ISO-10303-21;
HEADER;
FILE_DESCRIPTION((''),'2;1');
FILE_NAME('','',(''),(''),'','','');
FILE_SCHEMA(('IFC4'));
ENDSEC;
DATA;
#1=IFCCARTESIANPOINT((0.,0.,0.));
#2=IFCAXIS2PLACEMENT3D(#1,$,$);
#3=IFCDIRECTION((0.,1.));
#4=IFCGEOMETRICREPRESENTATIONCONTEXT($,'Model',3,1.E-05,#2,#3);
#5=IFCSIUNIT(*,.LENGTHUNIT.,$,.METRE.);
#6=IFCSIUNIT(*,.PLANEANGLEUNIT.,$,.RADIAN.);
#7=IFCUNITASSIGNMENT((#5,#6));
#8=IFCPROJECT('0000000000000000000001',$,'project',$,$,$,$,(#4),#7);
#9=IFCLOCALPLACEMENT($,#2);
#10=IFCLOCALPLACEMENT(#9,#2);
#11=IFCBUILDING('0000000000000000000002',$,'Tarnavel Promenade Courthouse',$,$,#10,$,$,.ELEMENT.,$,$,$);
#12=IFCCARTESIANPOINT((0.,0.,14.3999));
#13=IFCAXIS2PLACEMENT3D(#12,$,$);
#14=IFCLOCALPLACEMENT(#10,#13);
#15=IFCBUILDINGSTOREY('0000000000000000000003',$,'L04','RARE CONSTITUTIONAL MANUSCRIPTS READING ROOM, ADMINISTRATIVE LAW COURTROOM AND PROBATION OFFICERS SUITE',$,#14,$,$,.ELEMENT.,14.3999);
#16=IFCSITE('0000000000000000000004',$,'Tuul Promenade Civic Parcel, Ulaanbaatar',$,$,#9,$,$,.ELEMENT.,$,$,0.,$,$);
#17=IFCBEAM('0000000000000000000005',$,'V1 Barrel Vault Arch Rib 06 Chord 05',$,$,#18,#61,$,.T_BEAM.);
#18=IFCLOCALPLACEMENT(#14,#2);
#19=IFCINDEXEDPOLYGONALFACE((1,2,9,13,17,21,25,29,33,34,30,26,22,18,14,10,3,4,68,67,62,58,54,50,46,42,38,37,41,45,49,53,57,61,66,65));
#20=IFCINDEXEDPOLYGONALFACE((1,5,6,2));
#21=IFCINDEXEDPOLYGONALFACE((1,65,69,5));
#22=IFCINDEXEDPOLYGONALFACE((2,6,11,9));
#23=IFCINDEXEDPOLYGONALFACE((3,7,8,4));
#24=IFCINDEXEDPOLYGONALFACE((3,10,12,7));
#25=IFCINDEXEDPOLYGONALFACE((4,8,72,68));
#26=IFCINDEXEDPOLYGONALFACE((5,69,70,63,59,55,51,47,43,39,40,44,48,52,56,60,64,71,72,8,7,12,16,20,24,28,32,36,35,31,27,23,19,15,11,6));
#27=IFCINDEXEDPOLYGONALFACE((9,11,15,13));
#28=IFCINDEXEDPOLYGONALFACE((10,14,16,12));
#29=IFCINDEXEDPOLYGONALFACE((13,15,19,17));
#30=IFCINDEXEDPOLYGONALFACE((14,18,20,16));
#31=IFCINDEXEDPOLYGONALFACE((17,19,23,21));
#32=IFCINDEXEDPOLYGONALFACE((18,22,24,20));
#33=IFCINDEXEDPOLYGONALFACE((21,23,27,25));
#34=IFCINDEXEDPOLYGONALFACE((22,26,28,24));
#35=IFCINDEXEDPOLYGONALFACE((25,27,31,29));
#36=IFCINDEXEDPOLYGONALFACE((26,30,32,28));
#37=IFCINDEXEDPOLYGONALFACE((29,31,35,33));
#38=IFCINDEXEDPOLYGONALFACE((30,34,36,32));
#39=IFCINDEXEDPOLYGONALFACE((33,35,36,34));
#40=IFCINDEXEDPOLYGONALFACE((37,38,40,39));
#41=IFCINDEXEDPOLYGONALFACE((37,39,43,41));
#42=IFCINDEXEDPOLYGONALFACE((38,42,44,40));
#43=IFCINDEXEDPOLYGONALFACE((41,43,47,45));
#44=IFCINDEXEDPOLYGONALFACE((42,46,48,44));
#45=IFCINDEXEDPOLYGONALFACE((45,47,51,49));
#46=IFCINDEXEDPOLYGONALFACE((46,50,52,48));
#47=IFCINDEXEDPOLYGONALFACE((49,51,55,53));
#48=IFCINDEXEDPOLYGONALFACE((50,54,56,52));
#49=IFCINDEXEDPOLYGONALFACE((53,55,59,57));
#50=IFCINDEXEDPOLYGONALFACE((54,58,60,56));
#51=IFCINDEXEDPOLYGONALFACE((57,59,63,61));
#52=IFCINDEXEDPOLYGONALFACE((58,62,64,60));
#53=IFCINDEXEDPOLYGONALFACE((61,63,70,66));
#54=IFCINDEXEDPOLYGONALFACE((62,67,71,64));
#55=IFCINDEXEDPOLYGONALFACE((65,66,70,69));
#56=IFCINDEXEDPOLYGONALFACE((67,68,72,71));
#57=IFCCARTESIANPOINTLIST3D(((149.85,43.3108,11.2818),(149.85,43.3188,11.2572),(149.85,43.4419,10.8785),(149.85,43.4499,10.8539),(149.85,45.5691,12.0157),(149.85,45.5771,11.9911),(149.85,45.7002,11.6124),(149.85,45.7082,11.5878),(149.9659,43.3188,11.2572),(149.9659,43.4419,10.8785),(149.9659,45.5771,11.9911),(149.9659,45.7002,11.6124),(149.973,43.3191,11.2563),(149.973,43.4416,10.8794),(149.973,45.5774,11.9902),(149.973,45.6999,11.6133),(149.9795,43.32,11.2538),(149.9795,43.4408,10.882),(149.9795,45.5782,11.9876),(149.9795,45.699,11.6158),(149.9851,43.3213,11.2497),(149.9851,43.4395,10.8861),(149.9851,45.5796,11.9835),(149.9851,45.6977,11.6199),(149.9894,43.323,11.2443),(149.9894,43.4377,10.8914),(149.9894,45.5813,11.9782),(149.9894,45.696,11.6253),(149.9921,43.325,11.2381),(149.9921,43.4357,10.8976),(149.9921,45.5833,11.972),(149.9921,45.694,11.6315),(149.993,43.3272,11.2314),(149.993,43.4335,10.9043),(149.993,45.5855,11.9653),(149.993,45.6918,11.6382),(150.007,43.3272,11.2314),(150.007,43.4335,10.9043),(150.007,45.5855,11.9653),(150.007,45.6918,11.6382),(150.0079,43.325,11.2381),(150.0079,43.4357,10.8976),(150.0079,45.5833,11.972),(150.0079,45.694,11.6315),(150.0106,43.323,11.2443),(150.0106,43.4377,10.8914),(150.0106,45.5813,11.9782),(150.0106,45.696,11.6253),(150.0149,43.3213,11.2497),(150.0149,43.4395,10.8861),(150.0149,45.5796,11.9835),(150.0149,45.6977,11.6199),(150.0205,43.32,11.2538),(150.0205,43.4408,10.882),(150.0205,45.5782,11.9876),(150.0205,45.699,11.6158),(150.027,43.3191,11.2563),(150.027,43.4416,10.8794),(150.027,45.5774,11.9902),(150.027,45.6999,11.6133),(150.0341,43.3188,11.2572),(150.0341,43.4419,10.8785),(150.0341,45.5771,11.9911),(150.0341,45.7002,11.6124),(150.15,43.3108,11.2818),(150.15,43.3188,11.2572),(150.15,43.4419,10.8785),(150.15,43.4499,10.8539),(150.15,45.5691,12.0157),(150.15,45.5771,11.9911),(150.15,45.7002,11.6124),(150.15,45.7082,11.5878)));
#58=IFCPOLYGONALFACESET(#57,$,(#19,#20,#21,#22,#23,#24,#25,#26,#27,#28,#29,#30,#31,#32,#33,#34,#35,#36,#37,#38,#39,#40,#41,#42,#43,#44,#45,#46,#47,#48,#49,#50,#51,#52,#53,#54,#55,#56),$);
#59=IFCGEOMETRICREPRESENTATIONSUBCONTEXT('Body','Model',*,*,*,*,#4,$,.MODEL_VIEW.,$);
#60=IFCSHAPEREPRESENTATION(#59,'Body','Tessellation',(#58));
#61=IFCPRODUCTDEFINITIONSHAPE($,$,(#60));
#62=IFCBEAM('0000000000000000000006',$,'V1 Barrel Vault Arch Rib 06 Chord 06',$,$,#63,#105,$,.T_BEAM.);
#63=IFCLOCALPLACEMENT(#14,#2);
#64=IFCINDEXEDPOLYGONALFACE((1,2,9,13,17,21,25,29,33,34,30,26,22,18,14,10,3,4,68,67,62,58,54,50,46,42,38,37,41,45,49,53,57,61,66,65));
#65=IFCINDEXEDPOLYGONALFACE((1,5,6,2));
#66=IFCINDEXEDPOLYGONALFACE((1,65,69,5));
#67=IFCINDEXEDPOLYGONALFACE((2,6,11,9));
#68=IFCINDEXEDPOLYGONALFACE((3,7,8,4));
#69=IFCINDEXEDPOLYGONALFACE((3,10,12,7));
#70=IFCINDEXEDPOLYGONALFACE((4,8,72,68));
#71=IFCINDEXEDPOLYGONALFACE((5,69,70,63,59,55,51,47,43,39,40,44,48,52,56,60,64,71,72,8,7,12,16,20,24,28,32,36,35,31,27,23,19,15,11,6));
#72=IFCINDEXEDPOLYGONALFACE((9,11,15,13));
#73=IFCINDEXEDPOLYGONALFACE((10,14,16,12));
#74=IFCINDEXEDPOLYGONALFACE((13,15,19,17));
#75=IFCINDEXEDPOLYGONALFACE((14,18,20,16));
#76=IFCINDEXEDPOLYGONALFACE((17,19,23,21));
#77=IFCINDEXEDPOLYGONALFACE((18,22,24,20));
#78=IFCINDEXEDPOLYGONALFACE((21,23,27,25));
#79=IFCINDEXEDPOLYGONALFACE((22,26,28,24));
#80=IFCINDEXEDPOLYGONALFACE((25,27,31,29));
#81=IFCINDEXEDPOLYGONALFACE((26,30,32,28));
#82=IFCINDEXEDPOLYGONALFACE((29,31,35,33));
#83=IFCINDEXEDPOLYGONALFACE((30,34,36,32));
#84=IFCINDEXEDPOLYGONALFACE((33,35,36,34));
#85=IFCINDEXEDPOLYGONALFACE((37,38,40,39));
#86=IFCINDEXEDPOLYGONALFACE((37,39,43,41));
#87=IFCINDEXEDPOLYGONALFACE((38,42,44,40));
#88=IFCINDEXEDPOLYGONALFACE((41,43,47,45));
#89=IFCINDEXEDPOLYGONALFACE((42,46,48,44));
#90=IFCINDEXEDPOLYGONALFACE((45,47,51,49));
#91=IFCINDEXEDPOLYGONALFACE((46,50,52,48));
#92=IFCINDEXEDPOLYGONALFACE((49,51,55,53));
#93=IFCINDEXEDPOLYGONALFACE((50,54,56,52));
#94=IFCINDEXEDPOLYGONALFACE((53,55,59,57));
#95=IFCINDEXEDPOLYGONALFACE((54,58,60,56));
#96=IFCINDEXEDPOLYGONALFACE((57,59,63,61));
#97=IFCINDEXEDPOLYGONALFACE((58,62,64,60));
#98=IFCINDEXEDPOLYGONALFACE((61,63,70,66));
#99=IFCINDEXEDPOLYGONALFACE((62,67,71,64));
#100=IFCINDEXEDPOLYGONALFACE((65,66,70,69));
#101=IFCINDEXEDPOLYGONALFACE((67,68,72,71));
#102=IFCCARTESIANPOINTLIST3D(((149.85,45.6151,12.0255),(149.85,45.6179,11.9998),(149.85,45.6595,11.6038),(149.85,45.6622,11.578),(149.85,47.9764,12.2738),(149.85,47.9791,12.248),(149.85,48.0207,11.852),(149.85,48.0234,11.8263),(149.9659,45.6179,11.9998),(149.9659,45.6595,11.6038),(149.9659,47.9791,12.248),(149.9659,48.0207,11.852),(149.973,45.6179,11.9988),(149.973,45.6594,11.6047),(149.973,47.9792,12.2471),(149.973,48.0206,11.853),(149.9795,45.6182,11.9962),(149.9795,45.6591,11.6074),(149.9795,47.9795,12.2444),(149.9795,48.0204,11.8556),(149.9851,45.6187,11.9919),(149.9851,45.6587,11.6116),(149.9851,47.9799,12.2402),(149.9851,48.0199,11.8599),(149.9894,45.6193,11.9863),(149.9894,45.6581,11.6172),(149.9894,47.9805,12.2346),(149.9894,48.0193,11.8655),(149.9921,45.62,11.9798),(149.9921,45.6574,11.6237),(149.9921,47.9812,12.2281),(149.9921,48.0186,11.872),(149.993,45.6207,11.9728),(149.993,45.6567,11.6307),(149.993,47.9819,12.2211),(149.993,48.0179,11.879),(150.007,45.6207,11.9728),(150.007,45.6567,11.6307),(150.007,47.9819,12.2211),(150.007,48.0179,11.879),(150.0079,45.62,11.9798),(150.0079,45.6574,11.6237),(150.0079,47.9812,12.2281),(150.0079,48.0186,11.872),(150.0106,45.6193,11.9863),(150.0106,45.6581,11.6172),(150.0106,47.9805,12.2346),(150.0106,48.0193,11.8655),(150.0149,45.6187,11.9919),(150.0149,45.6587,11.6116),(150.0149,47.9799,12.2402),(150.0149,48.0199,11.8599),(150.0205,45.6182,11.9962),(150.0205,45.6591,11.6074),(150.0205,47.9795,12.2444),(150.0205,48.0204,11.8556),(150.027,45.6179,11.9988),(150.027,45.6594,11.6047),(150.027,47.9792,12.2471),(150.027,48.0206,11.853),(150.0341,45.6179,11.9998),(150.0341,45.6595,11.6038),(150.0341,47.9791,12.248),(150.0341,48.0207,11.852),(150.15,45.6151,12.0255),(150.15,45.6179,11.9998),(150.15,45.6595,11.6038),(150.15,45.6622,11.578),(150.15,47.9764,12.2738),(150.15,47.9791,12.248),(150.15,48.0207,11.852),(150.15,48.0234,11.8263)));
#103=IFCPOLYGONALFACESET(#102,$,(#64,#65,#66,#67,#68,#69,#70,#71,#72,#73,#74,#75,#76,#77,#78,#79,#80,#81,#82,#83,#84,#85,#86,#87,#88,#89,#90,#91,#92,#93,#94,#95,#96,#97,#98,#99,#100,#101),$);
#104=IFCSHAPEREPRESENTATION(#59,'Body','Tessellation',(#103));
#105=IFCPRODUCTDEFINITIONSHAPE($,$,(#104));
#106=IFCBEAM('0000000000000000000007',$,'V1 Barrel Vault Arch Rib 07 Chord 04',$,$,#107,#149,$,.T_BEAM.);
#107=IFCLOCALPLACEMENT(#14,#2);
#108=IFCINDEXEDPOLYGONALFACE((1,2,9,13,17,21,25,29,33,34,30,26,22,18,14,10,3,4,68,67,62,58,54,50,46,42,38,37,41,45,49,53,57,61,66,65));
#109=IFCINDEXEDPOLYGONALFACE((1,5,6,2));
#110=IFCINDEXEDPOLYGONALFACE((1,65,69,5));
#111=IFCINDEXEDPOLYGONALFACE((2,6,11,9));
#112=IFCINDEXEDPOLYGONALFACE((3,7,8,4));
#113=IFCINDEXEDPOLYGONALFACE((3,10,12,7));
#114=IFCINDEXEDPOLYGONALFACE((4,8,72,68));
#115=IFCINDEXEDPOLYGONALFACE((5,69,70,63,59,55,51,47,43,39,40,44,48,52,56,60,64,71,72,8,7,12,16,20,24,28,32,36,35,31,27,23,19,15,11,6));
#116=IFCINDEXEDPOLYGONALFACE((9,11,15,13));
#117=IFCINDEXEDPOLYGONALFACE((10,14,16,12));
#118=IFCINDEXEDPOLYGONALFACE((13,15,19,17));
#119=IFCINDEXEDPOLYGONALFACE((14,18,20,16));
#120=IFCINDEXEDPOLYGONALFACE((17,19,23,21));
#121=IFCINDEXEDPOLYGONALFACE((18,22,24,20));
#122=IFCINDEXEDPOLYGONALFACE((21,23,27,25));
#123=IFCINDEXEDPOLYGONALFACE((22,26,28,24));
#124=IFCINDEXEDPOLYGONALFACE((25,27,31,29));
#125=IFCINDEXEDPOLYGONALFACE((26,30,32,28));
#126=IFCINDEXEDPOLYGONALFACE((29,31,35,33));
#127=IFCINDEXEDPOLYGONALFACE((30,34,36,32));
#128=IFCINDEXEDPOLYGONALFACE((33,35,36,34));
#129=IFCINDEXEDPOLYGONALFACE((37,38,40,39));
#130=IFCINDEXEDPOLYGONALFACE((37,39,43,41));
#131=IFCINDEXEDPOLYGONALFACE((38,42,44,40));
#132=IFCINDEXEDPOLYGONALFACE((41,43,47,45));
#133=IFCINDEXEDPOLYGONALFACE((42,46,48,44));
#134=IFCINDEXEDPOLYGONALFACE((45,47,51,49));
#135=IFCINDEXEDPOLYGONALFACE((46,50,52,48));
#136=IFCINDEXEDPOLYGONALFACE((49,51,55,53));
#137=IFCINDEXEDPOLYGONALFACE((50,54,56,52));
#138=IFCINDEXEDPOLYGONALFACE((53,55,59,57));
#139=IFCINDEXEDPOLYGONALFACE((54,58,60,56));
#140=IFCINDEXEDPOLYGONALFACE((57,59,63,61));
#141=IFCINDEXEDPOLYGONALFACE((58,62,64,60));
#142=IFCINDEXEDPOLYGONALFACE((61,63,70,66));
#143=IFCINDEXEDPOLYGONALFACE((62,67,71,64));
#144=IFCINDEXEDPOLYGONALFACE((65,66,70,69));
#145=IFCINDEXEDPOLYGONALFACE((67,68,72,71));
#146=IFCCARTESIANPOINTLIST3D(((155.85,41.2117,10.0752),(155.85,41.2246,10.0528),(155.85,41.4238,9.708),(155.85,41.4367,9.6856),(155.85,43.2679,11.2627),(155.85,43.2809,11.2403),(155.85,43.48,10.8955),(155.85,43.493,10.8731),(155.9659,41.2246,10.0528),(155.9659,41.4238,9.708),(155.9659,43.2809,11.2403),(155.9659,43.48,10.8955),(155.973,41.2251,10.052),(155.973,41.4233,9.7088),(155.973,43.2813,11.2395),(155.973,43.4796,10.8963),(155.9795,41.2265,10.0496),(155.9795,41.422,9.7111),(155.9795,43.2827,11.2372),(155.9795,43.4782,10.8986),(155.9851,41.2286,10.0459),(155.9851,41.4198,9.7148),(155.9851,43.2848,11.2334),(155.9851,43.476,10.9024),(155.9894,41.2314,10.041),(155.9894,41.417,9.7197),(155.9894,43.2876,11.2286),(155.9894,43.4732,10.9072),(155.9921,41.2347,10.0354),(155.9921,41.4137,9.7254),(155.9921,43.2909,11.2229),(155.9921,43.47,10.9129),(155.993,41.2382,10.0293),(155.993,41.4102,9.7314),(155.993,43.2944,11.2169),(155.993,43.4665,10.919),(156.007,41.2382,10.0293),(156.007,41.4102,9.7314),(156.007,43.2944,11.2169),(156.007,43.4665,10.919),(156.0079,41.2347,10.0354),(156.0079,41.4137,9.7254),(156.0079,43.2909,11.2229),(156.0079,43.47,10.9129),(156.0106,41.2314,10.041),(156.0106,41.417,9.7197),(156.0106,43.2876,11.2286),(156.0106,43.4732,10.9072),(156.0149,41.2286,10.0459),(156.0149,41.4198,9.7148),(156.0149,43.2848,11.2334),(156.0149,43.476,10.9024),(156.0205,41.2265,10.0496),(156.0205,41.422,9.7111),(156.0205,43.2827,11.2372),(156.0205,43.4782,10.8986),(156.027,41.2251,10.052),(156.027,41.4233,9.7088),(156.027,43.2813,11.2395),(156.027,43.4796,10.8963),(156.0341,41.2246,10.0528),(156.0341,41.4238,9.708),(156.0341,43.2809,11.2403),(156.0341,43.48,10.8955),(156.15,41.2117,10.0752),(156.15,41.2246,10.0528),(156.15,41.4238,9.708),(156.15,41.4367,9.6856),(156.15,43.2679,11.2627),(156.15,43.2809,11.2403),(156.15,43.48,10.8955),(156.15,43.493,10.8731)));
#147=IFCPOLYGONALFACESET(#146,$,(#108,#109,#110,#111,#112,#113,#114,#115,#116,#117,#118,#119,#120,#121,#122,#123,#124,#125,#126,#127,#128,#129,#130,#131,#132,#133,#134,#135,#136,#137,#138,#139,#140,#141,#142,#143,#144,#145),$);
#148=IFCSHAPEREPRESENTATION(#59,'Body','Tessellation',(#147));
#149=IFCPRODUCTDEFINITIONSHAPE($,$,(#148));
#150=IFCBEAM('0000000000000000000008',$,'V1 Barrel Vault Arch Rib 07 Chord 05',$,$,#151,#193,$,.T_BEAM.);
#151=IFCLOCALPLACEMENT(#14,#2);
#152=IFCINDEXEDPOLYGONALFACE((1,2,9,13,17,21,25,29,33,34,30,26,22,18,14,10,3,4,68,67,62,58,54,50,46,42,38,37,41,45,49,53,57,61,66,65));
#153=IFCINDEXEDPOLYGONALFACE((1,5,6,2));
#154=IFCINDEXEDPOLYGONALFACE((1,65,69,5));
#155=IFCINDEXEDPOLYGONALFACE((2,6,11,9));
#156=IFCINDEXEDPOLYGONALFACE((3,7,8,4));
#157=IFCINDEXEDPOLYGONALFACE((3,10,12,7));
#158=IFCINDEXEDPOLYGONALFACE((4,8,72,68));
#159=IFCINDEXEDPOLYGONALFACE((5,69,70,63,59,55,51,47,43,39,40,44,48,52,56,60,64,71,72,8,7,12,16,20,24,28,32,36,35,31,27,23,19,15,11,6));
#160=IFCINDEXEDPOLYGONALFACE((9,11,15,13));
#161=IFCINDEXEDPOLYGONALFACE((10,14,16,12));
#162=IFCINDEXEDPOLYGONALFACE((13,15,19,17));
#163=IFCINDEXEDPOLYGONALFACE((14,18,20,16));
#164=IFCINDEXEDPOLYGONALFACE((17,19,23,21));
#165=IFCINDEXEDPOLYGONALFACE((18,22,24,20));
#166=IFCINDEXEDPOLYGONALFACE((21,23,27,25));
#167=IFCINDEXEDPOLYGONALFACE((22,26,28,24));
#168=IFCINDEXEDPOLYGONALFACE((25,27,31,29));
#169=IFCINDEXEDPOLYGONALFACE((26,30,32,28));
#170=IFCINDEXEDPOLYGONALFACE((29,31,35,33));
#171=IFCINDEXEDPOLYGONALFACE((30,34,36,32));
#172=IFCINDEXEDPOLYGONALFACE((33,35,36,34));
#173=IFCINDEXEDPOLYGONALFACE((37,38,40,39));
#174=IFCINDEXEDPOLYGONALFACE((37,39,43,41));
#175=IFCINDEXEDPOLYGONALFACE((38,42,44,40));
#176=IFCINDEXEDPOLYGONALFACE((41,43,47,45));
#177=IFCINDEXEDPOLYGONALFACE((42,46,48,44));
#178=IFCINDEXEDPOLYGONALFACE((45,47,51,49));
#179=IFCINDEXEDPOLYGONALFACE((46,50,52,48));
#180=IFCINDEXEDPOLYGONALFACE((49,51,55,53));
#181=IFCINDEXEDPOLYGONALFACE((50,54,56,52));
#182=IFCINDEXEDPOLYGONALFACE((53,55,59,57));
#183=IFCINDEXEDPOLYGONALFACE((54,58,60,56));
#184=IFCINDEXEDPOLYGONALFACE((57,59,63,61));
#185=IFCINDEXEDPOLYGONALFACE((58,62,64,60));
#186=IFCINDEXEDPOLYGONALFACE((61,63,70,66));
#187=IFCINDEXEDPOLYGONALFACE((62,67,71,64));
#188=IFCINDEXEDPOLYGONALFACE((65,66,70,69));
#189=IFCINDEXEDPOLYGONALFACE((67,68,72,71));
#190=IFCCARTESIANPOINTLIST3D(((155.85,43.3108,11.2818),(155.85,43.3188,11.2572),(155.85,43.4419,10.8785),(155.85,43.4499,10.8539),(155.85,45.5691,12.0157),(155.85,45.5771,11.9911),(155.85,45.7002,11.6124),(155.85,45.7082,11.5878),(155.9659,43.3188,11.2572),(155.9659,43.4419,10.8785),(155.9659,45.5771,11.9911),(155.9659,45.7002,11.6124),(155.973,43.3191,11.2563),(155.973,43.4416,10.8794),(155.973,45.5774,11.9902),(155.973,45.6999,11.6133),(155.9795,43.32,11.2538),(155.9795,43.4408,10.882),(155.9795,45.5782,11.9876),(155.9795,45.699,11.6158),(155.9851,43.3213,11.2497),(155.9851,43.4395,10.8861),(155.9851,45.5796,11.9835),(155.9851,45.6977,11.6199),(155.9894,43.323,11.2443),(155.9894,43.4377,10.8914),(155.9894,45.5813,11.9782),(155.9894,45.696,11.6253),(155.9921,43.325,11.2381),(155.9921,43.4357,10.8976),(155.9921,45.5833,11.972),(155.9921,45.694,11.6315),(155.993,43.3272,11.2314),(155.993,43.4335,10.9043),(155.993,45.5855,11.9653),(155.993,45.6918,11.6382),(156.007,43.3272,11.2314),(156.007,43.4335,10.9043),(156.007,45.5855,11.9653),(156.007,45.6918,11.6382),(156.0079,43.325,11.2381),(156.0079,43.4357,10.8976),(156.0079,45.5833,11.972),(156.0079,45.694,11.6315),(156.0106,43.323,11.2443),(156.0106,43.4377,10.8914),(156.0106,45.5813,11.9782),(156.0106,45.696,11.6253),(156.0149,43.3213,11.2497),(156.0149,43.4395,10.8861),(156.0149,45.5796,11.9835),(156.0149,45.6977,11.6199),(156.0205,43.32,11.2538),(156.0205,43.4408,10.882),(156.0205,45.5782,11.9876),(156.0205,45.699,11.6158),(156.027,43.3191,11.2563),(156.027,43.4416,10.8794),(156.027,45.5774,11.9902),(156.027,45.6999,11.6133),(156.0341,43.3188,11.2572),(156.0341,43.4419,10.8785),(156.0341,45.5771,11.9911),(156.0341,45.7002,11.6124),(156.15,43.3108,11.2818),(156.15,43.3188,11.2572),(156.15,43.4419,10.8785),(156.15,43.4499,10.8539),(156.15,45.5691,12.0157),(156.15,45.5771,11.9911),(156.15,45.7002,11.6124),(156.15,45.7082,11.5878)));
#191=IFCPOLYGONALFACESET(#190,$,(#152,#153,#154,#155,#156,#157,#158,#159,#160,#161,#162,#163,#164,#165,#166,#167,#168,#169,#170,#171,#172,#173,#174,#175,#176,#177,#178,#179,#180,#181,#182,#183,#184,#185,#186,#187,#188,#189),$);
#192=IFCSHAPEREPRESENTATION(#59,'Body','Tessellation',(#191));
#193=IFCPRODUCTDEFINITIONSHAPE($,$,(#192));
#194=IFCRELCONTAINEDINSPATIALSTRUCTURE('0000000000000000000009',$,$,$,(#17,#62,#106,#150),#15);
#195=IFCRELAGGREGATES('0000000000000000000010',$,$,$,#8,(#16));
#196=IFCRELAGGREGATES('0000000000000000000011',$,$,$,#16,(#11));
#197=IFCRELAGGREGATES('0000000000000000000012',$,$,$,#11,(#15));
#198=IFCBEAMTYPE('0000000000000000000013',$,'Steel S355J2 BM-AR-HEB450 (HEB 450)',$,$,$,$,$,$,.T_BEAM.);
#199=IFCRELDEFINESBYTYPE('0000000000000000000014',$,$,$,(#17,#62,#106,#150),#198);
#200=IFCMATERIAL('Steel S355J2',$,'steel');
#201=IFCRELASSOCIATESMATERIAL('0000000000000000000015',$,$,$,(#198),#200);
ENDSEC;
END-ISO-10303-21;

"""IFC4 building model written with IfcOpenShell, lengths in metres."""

from ifc_helpers import new_model, si_unit, direction, frame, origin, origin_2d, place, context, subcontext, project, spatial, i_section, extrude, material, material_profile, profile_set, type_object, element, save


model = new_model("IFC4")

# Units and contexts
model_context = context("Model", 3, precision=1e-05, world=origin(), true_north=direction((0.0, 1.0)))
body_context = subcontext(model_context, "Body", "Model", "MODEL_VIEW")
ifc_project = project(units=[si_unit("LENGTHUNIT", "METRE"), si_unit("PLANEANGLEUNIT", "RADIAN")], contexts=[model_context])

# Site, building, storey
site_placement = place(None, origin())
site = spatial("IfcSite", under=ifc_project, at=site_placement, Name="Tuul Promenade Civic Parcel, Ulaanbaatar", CompositionType="ELEMENT", RefElevation=0.0)
building_placement = place(site_placement, origin())
building = spatial("IfcBuilding", under=site, at=building_placement, Name="Tarnavel Promenade Courthouse", CompositionType="ELEMENT")
storey_placement = place(building_placement, frame((0.0, 0.0, 14.3999)))
storey = spatial("IfcBuildingStorey", under=building, at=storey_placement, Name="L04", Description="RARE CONSTITUTIONAL MANUSCRIPTS READING ROOM, ADMINISTRATIVE LAW COURTROOM AND PROBATION OFFICERS SUITE", CompositionType="ELEMENT", Elevation=14.3999)

# Beams
ifc_material_1 = material(Name="Steel S355J2", Category="steel")
ifc_material_profile_1 = material_profile(ifc_material_1, i_section(OverallWidth=0.3, OverallDepth=0.45, WebThickness=0.0139, FlangeThickness=0.0259, FilletRadius=0.0271, at=origin_2d()), Name="HEB 450")
ifc_profile_set_1 = profile_set([ifc_material_profile_1], Name="Steel S355J2")
beam_type = type_object("IfcBeamType", Name="Steel S355J2 BM-AR-HEB450 (HEB 450)", PredefinedType="T_BEAM", material=ifc_profile_set_1)
beam_1_placement = place(storey_placement, frame((150.0, 43.3804, 11.0679), z_axis=(0.0, 0.951042, 0.309063), x_axis=(-1.0, 0.0, 0.0)))
element("IfcBeam", 1, at=beam_1_placement, inside=storey, type_object=beam_type, Name="V1 Barrel Vault Arch Rib 06 Chord 05", PredefinedType="T_BEAM", context=body_context, shape_type="SweptSolid", body=[
    extrude(i_section(OverallWidth=0.3, OverallDepth=0.45, WebThickness=0.0139, FlangeThickness=0.0259, FilletRadius=0.0271, at=origin_2d()), origin(), (0.0, 0.0, 1.0), 2.3745),
])
beam_2_placement = place(storey_placement, frame((150.0, 45.6387, 11.8018), z_axis=(0.0, 0.994517, 0.104572), x_axis=(-1.0, 0.0, 0.0)))
element("IfcBeam", 2, at=beam_2_placement, inside=storey, type_object=beam_type, Name="V1 Barrel Vault Arch Rib 06 Chord 06", PredefinedType="T_BEAM", context=body_context, shape_type="SweptSolid", body=[
    extrude(i_section(OverallWidth=0.3, OverallDepth=0.45, WebThickness=0.0139, FlangeThickness=0.0259, FilletRadius=0.0271, at=origin_2d()), origin(), (0.0, 0.0, 1.0), 2.3743),
])
for number, where, z_axis, x_axis, name in (
    (3, (156.0, 41.3242, 9.8804), (0.0, 0.865956, 0.50012), (-1.0, 0.0, 0.0), "V1 Barrel Vault Arch Rib 07 Chord 04"),
    (4, (156.0, 43.3804, 11.0679), (0.0, 0.951042, 0.309063), (-1.0, 0.0, 0.0), "V1 Barrel Vault Arch Rib 07 Chord 05"),
):
    element("IfcBeam", number, at=place(storey_placement, frame(where, z_axis=z_axis, x_axis=x_axis)), inside=storey, type_object=beam_type, Name=name, PredefinedType="T_BEAM", context=body_context, shape_type="SweptSolid", body=[
        extrude(i_section(OverallWidth=0.3, OverallDepth=0.45, WebThickness=0.0139, FlangeThickness=0.0259, FilletRadius=0.0271, at=origin_2d()), origin(), (0.0, 0.0, 1.0), 2.3745),
    ])

save(model, "model.ifc")
